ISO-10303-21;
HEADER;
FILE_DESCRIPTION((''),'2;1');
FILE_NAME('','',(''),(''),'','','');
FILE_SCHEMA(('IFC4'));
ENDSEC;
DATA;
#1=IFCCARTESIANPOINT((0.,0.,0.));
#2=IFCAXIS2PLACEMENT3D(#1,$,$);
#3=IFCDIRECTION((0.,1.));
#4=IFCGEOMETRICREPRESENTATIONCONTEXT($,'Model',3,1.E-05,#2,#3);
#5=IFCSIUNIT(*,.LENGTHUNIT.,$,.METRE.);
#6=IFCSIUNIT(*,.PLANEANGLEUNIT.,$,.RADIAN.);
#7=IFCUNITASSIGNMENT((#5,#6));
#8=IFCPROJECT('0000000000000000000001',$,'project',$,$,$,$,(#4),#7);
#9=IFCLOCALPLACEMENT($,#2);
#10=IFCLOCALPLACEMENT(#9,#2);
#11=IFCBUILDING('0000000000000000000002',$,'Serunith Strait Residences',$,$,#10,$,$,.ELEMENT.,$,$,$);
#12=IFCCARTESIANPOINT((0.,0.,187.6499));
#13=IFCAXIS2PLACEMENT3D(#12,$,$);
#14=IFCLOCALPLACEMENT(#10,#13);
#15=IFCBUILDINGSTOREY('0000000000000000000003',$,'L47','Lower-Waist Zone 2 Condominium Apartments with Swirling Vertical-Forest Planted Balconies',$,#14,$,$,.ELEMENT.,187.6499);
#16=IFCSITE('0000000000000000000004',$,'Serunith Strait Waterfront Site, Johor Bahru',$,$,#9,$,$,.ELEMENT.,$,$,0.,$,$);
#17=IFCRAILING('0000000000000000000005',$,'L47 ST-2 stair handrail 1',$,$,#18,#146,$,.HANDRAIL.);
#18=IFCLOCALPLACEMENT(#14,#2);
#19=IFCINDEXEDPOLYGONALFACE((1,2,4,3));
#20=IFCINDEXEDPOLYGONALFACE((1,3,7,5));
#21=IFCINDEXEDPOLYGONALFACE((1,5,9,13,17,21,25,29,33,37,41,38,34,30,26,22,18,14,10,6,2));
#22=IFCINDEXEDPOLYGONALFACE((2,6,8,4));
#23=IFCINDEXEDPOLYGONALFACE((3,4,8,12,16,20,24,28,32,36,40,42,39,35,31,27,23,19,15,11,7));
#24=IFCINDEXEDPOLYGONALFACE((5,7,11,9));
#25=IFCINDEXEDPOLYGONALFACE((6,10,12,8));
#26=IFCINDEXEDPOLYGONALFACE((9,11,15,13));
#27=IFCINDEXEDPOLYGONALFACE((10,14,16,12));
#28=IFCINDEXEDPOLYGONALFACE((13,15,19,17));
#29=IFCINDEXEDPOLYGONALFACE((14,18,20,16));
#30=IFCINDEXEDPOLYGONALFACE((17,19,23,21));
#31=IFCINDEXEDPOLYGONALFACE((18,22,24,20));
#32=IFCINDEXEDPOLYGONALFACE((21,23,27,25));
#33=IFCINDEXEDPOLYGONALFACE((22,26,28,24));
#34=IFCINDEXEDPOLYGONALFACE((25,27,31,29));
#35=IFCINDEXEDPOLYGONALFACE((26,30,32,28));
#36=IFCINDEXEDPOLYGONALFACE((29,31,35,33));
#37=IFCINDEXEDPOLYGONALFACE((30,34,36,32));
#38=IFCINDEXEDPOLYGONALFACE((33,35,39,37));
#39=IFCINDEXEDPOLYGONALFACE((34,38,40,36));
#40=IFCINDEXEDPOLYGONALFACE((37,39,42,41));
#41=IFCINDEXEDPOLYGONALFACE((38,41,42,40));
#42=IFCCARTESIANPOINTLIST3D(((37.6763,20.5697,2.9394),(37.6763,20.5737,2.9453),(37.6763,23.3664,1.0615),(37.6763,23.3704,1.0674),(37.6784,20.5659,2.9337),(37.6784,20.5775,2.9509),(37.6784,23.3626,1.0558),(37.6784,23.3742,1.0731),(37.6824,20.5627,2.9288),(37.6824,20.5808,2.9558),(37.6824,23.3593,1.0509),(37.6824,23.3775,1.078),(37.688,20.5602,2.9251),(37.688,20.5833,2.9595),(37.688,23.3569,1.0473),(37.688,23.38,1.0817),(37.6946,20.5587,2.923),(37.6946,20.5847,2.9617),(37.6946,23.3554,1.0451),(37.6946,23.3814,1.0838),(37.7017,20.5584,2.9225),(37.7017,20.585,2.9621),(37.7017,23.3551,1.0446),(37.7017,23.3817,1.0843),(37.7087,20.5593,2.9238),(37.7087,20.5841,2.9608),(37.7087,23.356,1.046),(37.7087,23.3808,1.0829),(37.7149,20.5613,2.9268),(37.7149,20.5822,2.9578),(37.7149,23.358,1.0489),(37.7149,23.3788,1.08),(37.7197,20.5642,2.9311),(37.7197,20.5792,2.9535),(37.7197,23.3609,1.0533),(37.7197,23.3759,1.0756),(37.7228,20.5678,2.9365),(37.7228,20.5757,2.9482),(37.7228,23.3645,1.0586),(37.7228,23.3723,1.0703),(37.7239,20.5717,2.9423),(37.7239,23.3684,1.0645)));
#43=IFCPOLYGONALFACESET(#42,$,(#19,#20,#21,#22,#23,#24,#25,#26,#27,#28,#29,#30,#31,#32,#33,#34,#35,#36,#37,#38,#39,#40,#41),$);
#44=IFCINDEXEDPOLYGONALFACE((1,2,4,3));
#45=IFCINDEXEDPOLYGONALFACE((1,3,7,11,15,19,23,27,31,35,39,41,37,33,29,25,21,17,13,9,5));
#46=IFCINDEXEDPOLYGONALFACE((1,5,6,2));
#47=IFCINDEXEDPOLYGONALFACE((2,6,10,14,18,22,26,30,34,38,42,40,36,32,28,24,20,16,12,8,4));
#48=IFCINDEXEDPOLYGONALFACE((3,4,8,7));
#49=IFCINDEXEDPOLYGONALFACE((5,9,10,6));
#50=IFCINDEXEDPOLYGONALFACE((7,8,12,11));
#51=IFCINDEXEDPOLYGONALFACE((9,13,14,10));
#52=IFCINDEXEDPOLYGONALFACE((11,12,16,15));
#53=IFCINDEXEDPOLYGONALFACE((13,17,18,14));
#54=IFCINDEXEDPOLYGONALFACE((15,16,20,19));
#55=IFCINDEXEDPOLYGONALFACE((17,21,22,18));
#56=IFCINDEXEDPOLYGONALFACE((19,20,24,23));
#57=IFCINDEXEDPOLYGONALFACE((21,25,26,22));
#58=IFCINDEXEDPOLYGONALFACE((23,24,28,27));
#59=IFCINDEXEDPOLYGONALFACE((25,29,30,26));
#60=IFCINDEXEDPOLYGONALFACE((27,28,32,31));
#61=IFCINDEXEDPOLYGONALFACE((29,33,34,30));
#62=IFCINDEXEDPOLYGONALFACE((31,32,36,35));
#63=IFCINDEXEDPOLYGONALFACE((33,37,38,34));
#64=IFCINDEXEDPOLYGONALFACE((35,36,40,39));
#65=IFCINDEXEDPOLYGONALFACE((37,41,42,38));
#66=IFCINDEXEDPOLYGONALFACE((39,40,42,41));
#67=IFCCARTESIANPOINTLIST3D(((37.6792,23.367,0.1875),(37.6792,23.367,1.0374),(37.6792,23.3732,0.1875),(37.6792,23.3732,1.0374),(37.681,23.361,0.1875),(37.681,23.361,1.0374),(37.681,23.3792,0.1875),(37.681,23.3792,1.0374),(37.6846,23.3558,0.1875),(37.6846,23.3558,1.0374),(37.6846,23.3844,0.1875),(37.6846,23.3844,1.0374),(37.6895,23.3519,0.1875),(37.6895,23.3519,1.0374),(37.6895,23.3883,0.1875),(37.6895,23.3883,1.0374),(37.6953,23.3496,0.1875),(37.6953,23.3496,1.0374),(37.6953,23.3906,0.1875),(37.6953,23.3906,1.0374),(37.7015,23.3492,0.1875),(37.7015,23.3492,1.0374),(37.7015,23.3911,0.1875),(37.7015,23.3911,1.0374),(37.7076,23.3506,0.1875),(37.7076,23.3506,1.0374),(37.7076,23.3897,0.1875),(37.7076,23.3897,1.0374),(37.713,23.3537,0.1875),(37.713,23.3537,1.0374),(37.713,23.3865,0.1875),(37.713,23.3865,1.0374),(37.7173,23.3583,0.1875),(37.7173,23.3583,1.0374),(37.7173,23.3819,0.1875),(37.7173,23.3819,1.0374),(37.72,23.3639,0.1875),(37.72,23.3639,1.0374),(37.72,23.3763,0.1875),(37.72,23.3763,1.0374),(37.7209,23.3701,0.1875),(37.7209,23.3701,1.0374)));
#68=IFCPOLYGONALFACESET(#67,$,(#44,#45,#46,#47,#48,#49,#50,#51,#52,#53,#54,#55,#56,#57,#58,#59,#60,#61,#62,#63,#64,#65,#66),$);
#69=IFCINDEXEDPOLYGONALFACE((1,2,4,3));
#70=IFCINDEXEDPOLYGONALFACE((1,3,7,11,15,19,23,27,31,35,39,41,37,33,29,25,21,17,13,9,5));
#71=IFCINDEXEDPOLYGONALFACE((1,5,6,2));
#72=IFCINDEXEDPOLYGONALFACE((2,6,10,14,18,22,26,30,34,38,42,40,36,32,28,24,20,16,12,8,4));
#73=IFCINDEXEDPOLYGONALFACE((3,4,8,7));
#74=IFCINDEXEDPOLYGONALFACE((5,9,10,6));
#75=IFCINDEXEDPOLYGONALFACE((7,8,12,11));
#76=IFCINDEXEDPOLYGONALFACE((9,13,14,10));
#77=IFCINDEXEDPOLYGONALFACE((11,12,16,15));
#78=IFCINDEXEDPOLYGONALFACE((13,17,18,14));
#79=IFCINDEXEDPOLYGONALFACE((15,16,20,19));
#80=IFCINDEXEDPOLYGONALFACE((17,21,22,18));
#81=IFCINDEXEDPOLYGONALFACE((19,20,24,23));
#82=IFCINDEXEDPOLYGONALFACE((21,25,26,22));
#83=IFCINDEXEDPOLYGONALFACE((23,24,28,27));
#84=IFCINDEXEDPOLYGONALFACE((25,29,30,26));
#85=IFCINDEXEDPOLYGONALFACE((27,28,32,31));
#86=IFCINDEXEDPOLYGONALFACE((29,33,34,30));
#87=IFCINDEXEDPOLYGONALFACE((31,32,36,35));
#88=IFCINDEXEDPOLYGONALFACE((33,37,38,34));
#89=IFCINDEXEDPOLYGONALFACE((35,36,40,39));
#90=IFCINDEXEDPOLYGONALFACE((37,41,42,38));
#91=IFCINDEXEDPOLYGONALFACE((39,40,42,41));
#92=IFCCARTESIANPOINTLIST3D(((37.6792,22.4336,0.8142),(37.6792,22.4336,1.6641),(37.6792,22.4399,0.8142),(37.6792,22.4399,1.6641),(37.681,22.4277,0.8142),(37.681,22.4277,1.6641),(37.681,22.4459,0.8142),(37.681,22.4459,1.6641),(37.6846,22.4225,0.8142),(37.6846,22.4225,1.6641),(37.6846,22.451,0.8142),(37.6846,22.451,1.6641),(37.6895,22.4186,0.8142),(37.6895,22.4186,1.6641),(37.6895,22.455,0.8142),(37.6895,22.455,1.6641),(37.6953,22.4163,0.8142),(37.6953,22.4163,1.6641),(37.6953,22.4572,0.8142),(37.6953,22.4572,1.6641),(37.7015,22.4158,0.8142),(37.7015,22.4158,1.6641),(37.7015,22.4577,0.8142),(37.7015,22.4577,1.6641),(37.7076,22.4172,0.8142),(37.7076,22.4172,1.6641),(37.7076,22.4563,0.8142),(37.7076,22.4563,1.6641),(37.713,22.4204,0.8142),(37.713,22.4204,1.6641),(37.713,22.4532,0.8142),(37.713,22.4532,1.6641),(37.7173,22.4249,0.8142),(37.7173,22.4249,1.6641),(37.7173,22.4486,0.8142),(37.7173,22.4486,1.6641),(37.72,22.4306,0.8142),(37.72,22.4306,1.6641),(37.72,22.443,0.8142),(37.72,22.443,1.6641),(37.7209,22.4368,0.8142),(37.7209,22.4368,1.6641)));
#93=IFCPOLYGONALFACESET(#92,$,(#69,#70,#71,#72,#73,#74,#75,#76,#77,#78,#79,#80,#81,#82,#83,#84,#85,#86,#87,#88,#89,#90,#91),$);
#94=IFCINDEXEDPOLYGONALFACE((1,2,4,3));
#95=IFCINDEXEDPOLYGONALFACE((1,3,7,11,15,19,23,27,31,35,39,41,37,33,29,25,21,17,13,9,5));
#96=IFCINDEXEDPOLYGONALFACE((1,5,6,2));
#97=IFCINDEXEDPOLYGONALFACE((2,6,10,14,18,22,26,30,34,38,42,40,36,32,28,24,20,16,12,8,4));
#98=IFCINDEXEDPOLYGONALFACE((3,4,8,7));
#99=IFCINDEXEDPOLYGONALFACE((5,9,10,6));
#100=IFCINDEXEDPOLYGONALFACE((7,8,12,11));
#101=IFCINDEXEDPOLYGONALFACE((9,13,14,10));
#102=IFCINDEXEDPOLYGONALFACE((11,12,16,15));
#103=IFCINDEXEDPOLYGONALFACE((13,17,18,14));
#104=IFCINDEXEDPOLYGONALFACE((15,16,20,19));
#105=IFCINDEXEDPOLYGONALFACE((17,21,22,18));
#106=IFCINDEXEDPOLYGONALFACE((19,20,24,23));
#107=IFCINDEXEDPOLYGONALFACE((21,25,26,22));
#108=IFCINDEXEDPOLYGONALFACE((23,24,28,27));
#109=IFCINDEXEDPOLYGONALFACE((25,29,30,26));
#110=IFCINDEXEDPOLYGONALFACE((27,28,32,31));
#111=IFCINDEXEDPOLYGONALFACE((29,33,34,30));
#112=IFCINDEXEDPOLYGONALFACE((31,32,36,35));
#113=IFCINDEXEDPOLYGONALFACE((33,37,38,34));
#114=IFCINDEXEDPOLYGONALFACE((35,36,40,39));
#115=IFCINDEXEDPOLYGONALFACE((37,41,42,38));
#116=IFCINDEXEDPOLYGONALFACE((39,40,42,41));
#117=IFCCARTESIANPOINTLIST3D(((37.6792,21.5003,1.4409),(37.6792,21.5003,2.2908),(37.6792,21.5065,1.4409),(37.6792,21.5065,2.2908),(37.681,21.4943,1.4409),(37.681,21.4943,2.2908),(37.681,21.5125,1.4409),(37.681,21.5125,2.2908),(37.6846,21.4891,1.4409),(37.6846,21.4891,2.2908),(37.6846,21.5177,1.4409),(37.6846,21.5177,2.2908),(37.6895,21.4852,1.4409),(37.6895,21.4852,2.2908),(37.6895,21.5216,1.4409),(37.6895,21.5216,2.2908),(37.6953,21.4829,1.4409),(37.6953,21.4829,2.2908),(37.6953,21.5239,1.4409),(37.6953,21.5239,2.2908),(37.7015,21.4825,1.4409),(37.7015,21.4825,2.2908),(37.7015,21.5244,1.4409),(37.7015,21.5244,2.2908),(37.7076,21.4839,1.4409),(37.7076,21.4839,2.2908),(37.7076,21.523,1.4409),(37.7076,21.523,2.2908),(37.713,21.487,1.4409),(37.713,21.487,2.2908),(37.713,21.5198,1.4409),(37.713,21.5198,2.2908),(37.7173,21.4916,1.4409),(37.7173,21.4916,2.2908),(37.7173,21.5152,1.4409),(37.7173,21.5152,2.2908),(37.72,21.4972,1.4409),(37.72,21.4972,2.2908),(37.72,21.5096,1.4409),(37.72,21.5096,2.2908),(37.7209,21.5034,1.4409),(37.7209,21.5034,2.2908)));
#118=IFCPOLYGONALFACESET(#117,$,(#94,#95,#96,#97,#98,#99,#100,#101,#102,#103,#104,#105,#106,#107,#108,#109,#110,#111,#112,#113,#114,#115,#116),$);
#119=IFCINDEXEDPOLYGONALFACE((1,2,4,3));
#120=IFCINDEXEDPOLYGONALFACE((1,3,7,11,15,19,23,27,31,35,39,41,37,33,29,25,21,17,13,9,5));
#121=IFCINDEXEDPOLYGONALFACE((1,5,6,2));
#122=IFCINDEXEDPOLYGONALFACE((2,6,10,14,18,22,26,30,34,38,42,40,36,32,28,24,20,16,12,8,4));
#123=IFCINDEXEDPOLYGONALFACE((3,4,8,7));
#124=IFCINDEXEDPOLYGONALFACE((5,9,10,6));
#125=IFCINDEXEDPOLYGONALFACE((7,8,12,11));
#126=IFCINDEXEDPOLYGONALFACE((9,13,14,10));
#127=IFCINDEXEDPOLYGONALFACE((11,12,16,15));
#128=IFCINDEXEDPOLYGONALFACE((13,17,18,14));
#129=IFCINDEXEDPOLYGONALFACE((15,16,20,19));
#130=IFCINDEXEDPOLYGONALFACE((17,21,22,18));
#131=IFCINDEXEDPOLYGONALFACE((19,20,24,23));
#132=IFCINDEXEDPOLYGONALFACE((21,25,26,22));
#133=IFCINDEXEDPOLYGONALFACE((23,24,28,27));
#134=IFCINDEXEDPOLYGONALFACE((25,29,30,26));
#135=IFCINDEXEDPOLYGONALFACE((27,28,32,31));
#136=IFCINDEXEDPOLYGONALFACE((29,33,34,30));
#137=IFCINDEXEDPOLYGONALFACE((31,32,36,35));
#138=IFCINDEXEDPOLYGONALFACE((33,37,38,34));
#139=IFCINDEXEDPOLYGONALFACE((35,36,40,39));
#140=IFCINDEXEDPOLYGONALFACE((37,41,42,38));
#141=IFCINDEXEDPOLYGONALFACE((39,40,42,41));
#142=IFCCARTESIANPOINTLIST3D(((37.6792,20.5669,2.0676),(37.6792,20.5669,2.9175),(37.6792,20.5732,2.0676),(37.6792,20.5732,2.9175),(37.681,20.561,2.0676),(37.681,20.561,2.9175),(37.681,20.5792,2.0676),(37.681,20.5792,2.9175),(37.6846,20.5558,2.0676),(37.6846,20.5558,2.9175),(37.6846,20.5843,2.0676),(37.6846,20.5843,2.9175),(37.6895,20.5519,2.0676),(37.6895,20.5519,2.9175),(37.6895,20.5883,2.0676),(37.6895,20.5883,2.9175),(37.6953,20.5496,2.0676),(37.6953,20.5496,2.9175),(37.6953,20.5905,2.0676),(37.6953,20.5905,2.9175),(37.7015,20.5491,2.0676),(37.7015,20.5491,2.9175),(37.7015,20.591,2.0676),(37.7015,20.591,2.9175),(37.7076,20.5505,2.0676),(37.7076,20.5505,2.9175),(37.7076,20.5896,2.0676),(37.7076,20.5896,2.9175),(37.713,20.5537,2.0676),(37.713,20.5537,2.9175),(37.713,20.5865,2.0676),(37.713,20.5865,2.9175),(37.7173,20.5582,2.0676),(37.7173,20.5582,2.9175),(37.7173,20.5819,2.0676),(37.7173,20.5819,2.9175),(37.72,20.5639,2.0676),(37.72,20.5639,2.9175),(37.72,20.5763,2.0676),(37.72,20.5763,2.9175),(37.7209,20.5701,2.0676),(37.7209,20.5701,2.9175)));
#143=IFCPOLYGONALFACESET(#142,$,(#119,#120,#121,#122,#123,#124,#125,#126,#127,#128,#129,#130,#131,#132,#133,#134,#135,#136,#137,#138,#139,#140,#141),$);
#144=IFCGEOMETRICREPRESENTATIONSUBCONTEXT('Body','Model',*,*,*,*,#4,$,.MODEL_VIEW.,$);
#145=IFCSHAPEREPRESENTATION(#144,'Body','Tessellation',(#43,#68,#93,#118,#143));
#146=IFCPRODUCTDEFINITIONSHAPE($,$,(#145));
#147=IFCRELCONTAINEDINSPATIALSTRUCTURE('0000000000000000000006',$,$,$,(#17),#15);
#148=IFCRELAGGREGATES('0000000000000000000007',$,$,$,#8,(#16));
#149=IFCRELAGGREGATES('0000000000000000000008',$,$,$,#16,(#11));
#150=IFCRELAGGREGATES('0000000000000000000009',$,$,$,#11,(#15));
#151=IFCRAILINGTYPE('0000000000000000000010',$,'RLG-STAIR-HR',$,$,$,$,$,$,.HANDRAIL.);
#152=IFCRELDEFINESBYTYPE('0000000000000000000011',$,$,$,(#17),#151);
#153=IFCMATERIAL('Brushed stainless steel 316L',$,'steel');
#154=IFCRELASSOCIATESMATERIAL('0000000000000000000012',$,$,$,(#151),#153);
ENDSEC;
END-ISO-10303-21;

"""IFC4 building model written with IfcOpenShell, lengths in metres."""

from ifc_helpers import new_model, si_unit, direction, frame, origin, origin_2d, place, context, subcontext, project, spatial, circle, extrude, material, type_object, element, save


model = new_model("IFC4")

# Units and contexts
model_context = context("Model", 3, precision=1e-05, world=origin(), true_north=direction((0.0, 1.0)))
body_context = subcontext(model_context, "Body", "Model", "MODEL_VIEW")
ifc_project = project(units=[si_unit("LENGTHUNIT", "METRE"), si_unit("PLANEANGLEUNIT", "RADIAN")], contexts=[model_context])

# Site, building, storey
site_placement = place(None, origin())
site = spatial("IfcSite", under=ifc_project, at=site_placement, Name="Serunith Strait Waterfront Site, Johor Bahru", CompositionType="ELEMENT", RefElevation=0.0)
building_placement = place(site_placement, origin())
building = spatial("IfcBuilding", under=site, at=building_placement, Name="Serunith Strait Residences", CompositionType="ELEMENT")
storey_placement = place(building_placement, frame((0.0, 0.0, 187.6499)))
storey = spatial("IfcBuildingStorey", under=building, at=storey_placement, Name="L47", Description="Lower-Waist Zone 2 Condominium Apartments with Swirling Vertical-Forest Planted Balconies", CompositionType="ELEMENT", Elevation=187.6499)

# Railing
ifc_material_1 = material(Name="Brushed stainless steel 316L", Category="steel")
railing_type_1 = type_object("IfcRailingType", Name="RLG-STAIR-HR", PredefinedType="HANDRAIL", material=ifc_material_1)
railing_1_placement = place(storey_placement, frame((37.7, 23.3701, 0.1875)))
element("IfcRailing", 1, at=railing_1_placement, inside=storey, type_object=railing_type_1, Name="L47 ST-2 stair handrail 1", PredefinedType="HANDRAIL", context=body_context, shape_type="SweptSolid", body=[
    extrude(circle(Radius=0.0239, at=origin_2d()), frame((0.0, -0.0017, 0.877), z_axis=(0.0, -0.830208, 0.557453), x_axis=(1.0, 0.0, 0.0)), (0.0, 0.0, 1.0), 3.3687),
    extrude(circle(Radius=0.021, at=origin_2d()), origin(), (0.0, 0.0, 1.0), 0.8499),
    extrude(circle(Radius=0.021, at=origin_2d()), frame((0.0, -0.9333, 0.6267)), (0.0, 0.0, 1.0), 0.8499),
    extrude(circle(Radius=0.021, at=origin_2d()), frame((0.0, -1.8667, 1.2534)), (0.0, 0.0, 1.0), 0.8499),
    extrude(circle(Radius=0.021, at=origin_2d()), frame((0.0, -2.8, 1.8801)), (0.0, 0.0, 1.0), 0.8499),
])

save(model, "model.ifc")
